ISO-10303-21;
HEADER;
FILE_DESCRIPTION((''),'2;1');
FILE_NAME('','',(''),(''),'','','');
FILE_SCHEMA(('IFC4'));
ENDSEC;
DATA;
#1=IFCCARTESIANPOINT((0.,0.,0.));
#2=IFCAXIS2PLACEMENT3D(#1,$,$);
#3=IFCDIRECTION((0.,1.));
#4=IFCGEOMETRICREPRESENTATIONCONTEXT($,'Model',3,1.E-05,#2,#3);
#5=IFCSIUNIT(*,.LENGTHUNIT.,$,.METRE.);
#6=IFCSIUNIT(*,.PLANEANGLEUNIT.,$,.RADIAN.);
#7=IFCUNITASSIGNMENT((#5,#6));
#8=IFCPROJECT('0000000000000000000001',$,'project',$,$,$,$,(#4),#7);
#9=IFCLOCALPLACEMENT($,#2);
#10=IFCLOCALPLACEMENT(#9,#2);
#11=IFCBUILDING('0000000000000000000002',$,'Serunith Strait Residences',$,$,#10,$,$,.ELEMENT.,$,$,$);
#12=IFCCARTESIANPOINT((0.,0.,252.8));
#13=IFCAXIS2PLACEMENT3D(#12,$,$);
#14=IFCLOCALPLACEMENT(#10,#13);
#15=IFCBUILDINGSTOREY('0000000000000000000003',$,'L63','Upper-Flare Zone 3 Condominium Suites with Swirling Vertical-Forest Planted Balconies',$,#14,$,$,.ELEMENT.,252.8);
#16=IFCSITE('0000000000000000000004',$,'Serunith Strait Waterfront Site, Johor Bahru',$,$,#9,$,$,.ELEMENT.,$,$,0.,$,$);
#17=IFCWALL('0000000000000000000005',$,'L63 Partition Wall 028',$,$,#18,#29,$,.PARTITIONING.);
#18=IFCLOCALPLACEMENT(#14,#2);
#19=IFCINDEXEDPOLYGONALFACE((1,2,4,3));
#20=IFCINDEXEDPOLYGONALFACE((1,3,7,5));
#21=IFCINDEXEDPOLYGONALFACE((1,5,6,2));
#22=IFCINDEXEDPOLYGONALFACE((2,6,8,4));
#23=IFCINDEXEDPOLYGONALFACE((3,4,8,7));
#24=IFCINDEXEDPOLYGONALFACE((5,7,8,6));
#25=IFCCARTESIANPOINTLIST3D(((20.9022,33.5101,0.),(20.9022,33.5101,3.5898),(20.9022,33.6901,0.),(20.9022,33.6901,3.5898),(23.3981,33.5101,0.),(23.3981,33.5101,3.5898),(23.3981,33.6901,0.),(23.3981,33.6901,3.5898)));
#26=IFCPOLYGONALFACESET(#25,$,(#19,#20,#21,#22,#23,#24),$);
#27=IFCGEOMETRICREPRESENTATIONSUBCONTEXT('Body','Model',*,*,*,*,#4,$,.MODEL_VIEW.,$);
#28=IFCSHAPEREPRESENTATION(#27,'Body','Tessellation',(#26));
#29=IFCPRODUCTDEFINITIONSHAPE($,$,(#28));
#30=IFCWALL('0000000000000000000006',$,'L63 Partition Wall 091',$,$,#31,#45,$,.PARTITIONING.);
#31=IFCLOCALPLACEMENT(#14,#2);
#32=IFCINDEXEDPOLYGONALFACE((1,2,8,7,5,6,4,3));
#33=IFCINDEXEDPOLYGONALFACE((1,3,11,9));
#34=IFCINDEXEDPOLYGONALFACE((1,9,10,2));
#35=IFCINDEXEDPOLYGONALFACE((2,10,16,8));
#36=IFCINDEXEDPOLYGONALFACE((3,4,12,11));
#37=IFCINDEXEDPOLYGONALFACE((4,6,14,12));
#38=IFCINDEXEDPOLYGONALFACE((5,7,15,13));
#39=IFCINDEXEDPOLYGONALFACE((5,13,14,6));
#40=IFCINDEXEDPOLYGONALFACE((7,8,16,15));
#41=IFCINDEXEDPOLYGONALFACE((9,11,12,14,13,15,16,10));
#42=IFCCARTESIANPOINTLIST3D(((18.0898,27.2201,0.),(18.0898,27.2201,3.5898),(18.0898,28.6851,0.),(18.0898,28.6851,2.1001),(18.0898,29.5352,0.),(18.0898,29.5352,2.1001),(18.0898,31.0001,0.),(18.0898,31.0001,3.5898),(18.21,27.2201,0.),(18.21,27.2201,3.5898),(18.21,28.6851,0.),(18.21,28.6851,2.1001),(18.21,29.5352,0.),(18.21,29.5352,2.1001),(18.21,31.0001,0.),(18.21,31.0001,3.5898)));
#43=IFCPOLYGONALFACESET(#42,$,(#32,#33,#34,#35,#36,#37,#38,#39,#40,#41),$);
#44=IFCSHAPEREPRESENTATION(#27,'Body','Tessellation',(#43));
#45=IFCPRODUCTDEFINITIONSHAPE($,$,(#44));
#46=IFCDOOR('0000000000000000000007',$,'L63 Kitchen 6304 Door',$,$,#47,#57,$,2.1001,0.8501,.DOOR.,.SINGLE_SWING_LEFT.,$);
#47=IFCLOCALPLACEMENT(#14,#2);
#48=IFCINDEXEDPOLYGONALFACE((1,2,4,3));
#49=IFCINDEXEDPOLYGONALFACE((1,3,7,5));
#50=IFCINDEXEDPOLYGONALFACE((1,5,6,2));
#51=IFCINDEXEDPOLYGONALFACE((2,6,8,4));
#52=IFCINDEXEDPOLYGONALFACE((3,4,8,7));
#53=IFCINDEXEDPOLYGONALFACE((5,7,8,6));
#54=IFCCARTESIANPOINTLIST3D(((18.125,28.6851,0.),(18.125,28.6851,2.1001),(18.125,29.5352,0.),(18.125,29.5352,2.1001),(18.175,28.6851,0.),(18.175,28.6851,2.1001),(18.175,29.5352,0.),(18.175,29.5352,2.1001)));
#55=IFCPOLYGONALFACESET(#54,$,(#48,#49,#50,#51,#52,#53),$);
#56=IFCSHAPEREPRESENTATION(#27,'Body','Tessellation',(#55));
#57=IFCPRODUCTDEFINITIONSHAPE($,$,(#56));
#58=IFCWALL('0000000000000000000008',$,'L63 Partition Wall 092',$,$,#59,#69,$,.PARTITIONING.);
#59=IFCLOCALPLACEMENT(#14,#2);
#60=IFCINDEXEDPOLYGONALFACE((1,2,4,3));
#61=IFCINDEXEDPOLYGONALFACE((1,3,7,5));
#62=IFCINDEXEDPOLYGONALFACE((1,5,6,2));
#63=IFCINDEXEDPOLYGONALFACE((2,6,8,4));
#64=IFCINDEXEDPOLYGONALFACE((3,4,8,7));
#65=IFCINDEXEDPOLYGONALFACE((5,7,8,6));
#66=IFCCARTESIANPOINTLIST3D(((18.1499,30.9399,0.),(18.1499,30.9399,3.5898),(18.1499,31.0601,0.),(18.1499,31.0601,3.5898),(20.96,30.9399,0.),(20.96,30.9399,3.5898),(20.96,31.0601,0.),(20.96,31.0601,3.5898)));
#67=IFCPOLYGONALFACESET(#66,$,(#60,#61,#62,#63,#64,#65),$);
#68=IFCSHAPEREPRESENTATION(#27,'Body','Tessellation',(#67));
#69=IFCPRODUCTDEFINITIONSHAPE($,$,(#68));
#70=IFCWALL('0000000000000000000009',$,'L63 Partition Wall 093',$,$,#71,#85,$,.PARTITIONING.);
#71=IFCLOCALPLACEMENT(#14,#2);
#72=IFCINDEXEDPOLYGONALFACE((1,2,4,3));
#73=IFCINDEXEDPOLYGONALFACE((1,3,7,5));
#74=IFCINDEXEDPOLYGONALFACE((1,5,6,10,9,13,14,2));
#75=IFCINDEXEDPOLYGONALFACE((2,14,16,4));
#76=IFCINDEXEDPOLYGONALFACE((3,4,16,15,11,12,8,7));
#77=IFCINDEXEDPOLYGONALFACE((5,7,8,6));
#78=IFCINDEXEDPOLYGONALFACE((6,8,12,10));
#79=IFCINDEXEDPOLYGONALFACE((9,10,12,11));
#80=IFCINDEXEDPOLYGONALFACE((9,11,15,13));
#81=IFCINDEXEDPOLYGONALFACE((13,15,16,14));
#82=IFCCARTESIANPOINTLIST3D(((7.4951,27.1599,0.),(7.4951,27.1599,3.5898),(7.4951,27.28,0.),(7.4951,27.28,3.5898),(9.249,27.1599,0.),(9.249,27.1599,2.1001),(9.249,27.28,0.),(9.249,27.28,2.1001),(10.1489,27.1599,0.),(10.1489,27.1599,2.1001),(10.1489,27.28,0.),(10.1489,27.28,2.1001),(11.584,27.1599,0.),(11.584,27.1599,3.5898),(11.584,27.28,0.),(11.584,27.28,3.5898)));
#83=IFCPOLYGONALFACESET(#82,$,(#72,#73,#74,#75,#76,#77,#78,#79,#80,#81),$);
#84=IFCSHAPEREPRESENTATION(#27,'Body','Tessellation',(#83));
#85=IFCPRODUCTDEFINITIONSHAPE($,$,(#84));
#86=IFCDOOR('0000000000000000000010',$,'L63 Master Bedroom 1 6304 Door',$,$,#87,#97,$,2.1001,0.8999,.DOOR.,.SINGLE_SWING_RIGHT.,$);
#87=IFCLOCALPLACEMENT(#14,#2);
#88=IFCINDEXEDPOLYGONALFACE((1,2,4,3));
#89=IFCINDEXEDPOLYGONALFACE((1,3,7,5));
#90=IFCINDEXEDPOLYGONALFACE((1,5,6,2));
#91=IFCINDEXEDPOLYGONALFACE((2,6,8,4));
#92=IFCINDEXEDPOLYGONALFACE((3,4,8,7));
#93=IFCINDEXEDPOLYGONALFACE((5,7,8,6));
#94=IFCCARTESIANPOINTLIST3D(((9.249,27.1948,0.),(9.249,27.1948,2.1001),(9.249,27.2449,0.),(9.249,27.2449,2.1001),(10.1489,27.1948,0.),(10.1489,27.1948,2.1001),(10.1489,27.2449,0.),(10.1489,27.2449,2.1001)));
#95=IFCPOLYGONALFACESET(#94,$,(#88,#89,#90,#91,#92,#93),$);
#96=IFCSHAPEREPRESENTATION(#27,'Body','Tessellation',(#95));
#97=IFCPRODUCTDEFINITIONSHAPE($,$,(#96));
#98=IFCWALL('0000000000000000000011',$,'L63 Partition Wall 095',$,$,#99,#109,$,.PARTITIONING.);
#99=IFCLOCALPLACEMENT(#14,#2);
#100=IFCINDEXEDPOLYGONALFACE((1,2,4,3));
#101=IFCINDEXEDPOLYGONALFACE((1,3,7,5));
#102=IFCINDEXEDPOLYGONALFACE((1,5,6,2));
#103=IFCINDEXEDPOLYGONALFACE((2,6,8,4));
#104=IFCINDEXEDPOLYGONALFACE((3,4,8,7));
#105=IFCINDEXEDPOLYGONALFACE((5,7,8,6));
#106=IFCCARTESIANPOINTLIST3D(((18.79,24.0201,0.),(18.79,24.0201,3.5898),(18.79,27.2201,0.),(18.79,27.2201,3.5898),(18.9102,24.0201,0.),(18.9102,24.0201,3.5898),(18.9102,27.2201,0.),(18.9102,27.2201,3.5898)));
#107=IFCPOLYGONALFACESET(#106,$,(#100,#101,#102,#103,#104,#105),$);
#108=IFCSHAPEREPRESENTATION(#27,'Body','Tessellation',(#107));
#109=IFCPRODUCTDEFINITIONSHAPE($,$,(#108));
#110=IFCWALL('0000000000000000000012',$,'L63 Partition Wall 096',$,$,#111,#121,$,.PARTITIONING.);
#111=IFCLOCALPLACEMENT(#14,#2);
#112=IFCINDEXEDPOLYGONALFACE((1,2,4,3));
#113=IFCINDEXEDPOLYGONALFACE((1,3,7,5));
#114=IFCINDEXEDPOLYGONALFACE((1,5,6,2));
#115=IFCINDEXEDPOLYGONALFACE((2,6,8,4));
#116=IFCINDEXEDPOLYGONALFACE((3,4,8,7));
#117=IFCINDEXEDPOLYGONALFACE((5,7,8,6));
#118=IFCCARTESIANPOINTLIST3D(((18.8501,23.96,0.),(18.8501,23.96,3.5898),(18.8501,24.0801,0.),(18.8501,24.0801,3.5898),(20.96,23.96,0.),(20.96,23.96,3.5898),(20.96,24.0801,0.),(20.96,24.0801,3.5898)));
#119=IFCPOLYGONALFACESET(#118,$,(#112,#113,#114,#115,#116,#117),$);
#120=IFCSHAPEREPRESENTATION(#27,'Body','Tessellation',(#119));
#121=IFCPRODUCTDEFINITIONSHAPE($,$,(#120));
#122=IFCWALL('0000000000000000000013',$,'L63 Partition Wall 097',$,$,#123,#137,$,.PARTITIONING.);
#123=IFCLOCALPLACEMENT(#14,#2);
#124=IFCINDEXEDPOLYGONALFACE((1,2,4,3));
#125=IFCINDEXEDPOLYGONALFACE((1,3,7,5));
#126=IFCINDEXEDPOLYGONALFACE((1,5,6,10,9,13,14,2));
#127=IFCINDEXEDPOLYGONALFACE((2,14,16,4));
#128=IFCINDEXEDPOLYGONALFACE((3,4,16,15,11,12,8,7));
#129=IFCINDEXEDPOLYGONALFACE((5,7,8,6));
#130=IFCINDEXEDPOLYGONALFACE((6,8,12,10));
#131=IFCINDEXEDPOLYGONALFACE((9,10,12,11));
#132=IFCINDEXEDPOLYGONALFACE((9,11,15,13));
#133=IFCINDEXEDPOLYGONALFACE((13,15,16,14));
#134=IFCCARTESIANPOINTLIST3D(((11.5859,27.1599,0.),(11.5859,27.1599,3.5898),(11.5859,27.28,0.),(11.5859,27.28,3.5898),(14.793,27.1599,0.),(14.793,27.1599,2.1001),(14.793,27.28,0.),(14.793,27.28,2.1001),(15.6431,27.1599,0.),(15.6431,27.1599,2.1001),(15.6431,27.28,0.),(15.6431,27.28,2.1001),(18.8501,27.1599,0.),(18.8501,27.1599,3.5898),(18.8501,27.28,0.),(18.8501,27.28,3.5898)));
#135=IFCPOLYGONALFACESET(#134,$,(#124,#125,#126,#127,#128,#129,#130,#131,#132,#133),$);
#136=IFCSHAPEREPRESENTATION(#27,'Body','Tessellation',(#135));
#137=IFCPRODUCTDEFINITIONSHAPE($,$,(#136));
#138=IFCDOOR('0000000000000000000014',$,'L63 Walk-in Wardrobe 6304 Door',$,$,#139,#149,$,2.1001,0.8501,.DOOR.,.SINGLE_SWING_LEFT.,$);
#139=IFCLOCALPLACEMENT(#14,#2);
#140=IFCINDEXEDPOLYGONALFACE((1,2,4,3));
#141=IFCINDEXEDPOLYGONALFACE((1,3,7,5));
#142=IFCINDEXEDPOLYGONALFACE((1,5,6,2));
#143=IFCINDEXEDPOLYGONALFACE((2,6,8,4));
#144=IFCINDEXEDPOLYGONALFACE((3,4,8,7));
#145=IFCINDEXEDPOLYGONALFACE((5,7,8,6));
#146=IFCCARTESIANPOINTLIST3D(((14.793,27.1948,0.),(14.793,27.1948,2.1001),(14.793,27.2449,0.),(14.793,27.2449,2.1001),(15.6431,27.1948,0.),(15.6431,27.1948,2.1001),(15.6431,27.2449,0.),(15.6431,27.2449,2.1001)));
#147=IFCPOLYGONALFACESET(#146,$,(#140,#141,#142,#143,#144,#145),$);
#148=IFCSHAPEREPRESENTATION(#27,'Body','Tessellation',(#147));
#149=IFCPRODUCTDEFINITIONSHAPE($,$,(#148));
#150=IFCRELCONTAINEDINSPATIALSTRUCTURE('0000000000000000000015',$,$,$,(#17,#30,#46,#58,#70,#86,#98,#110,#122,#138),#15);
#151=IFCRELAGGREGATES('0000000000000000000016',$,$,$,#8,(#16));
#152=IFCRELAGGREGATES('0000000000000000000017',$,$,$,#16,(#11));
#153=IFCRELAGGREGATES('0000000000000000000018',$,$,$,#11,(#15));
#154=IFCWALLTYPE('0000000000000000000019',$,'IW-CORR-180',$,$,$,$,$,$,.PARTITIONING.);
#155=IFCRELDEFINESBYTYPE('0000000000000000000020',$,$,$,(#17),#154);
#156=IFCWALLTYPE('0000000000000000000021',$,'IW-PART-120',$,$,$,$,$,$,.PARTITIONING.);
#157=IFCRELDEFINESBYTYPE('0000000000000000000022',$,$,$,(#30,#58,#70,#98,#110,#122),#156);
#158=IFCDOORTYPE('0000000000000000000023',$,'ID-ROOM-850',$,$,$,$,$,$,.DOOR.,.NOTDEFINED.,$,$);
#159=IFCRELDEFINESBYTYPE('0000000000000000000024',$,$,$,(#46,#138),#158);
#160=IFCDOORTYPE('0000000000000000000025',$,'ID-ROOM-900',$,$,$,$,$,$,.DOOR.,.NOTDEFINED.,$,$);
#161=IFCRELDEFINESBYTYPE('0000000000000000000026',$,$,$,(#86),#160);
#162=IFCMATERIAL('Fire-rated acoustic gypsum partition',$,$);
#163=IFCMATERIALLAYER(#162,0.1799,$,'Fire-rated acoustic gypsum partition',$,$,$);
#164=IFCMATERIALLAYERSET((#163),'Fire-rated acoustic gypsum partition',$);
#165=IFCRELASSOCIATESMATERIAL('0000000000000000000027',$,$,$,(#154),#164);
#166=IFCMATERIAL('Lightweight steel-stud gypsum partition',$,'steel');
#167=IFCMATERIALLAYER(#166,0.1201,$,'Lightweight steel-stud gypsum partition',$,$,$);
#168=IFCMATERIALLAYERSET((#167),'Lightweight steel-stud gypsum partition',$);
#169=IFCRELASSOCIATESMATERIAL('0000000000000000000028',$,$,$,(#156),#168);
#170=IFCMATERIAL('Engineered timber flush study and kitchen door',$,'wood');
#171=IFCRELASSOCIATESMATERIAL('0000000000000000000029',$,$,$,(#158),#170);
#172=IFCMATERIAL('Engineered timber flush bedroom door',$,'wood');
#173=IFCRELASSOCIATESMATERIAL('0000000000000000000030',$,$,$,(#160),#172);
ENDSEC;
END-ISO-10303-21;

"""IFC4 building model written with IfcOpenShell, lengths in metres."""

from ifc_helpers import new_model, si_unit, direction, frame, frame_2d, origin, place, context, subcontext, project, spatial, rectangle, extrude, source, transform, mapped, material, layer, layer_set, type_object, element, fill, save


model = new_model("IFC4")

# Units and contexts
model_context = context("Model", 3, precision=1e-05, world=origin(), true_north=direction((0.0, 1.0)))
body_context = subcontext(model_context, "Body", "Model", "MODEL_VIEW")
ifc_project = project(units=[si_unit("LENGTHUNIT", "METRE"), si_unit("PLANEANGLEUNIT", "RADIAN")], contexts=[model_context])

# Site, building, storey
site_placement = place(None, origin())
site = spatial("IfcSite", under=ifc_project, at=site_placement, Name="Serunith Strait Waterfront Site, Johor Bahru", CompositionType="ELEMENT", RefElevation=0.0)
building_placement = place(site_placement, origin())
building = spatial("IfcBuilding", under=site, at=building_placement, Name="Serunith Strait Residences", CompositionType="ELEMENT")
storey_placement = place(building_placement, frame((0.0, 0.0, 252.8)))
storey = spatial("IfcBuildingStorey", under=building, at=storey_placement, Name="L63", Description="Upper-Flare Zone 3 Condominium Suites with Swirling Vertical-Forest Planted Balconies", CompositionType="ELEMENT", Elevation=252.8)

# Wall
ifc_material_1 = material(Name="Fire-rated acoustic gypsum partition")
ifc_layer_1 = layer(ifc_material_1, 0.1799, Name="Fire-rated acoustic gypsum partition")
ifc_layer_set_1 = layer_set([ifc_layer_1], Name="Fire-rated acoustic gypsum partition")
wall_type_1 = type_object("IfcWallType", Name="IW-CORR-180", PredefinedType="PARTITIONING", material=ifc_layer_set_1)
wall_1_placement = place(storey_placement, frame((20.9021, 33.6001, 0.0), z_axis=(0.0, 0.0, 1.0), x_axis=(1.0, 0.0, 0.0)))
element("IfcWall", 1, at=wall_1_placement, inside=storey, type_object=wall_type_1, Name="L63 Partition Wall 028", PredefinedType="PARTITIONING", context=body_context, shape_type="SweptSolid", body=[
    extrude(rectangle(XDim=2.4958, YDim=0.1799, at=frame_2d((1.248, 0.0))), origin(), (0.0, 0.0, 1.0), 3.5898),
])

# Wall, opening, door
ifc_material_2 = material(Name="Lightweight steel-stud gypsum partition", Category="steel")
ifc_layer_2 = layer(ifc_material_2, 0.1201, Name="Lightweight steel-stud gypsum partition")
ifc_layer_set_2 = layer_set([ifc_layer_2], Name="Lightweight steel-stud gypsum partition")
wall_type_2 = type_object("IfcWallType", Name="IW-PART-120", PredefinedType="PARTITIONING", material=ifc_layer_set_2)
wall_2_placement = place(storey_placement, frame((18.1499, 27.22, 0.0), z_axis=(0.0, 0.0, 1.0), x_axis=(0.0, 1.0, 0.0)))
wall_2 = element("IfcWall", 2, at=wall_2_placement, inside=storey, type_object=wall_type_2, Name="L63 Partition Wall 091", PredefinedType="PARTITIONING", context=body_context, shape_type="SweptSolid", body=[
    extrude(rectangle(XDim=3.78, YDim=0.1201, at=frame_2d((1.8901, 0.0))), origin(), (0.0, 0.0, 1.0), 3.5898),
])
opening_1_placement = place(wall_2_placement, frame((1.4651, 0.0, 0.0)))
opening_1 = element("IfcOpeningElement", 3, at=opening_1_placement, cuts=wall_2, PredefinedType="OPENING", context=body_context, shape_type="SweptSolid", body=[
    extrude(rectangle(XDim=0.8501, YDim=2.1001, at=frame_2d((0.425, 1.05))), frame((0.0, 0.0701, 0.0), z_axis=(0.0, -1.0, 0.0), x_axis=(1.0, 0.0, 0.0)), (0.0, 0.0, 1.0), 0.1401),
])
ifc_material_3 = material(Name="Engineered timber flush study and kitchen door", Category="wood")
door_type_1 = type_object("IfcDoorType", Name="ID-ROOM-850", OperationType="NOTDEFINED", PredefinedType="DOOR", material=ifc_material_3)
shared_shape_1 = source(origin(), body_context, "Body", "SweptSolid", [
    extrude(rectangle(XDim=0.8501, YDim=2.1001, at=frame_2d((0.425, 1.05))), frame((0.0, 0.0249, 0.0), z_axis=(0.0, -1.0, 0.0), x_axis=(1.0, 0.0, 0.0)), (0.0, 0.0, 1.0), 0.05),
])
door_1_placement = place(opening_1_placement, origin())
door_1 = element("IfcDoor", 4, at=door_1_placement, inside=storey, type_object=door_type_1, Name="L63 Kitchen 6304 Door", OperationType="SINGLE_SWING_LEFT", OverallHeight=2.1001, OverallWidth=0.8501, PredefinedType="DOOR", context=body_context, shape_type="MappedRepresentation", body=[
    mapped(shared_shape_1, transform((0.0, 0.0, 0.0), scale=1.0)),
])
fill(opening_1, door_1)

# Wall
wall_3_placement = place(storey_placement, frame((18.1499, 31.0, 0.0), z_axis=(0.0, 0.0, 1.0), x_axis=(1.0, 0.0, 0.0)))
element("IfcWall", 5, at=wall_3_placement, inside=storey, type_object=wall_type_2, Name="L63 Partition Wall 092", PredefinedType="PARTITIONING", context=body_context, shape_type="SweptSolid", body=[
    extrude(rectangle(XDim=2.8101, YDim=0.1201, at=frame_2d((1.405, 0.0))), origin(), (0.0, 0.0, 1.0), 3.5898),
])

# Wall, opening, door
wall_4_placement = place(storey_placement, frame((7.4951, 27.22, 0.0), z_axis=(0.0, 0.0, 1.0), x_axis=(1.0, 0.0, 0.0)))
wall_4 = element("IfcWall", 6, at=wall_4_placement, inside=storey, type_object=wall_type_2, Name="L63 Partition Wall 093", PredefinedType="PARTITIONING", context=body_context, shape_type="SweptSolid", body=[
    extrude(rectangle(XDim=4.0889, YDim=0.1201, at=frame_2d((2.0444, 0.0))), origin(), (0.0, 0.0, 1.0), 3.5898),
])
opening_2_placement = place(wall_4_placement, frame((1.7539, 0.0, 0.0)))
opening_2 = element("IfcOpeningElement", 7, at=opening_2_placement, cuts=wall_4, PredefinedType="OPENING", context=body_context, shape_type="SweptSolid", body=[
    extrude(rectangle(XDim=0.8999, YDim=2.1001, at=frame_2d((0.45, 1.05))), frame((0.0, 0.0701, 0.0), z_axis=(0.0, -1.0, 0.0), x_axis=(1.0, 0.0, 0.0)), (0.0, 0.0, 1.0), 0.1401),
])
ifc_material_4 = material(Name="Engineered timber flush bedroom door", Category="wood")
door_type_2 = type_object("IfcDoorType", Name="ID-ROOM-900", OperationType="NOTDEFINED", PredefinedType="DOOR", material=ifc_material_4)
shared_shape_2 = source(origin(), body_context, "Body", "SweptSolid", [
    extrude(rectangle(XDim=0.8999, YDim=2.1001, at=frame_2d((0.45, 1.05))), frame((0.0, 0.0249, 0.0), z_axis=(0.0, -1.0, 0.0), x_axis=(1.0, 0.0, 0.0)), (0.0, 0.0, 1.0), 0.05),
])
door_2_placement = place(opening_2_placement, origin())
door_2 = element("IfcDoor", 8, at=door_2_placement, inside=storey, type_object=door_type_2, Name="L63 Master Bedroom 1 6304 Door", OperationType="SINGLE_SWING_RIGHT", OverallHeight=2.1001, OverallWidth=0.8999, PredefinedType="DOOR", context=body_context, shape_type="MappedRepresentation", body=[
    mapped(shared_shape_2, transform((0.0, 0.0, 0.0), scale=1.0)),
])
fill(opening_2, door_2)

# Walls
wall_5_placement = place(storey_placement, frame((18.8501, 24.02, 0.0), z_axis=(0.0, 0.0, 1.0), x_axis=(0.0, 1.0, 0.0)))
element("IfcWall", 9, at=wall_5_placement, inside=storey, type_object=wall_type_2, Name="L63 Partition Wall 095", PredefinedType="PARTITIONING", context=body_context, shape_type="SweptSolid", body=[
    extrude(rectangle(XDim=3.2, YDim=0.1201, at=frame_2d((1.6001, 0.0))), origin(), (0.0, 0.0, 1.0), 3.5898),
])
wall_6_placement = place(storey_placement, frame((18.8501, 24.02, 0.0), z_axis=(0.0, 0.0, 1.0), x_axis=(1.0, 0.0, 0.0)))
element("IfcWall", 10, at=wall_6_placement, inside=storey, type_object=wall_type_2, Name="L63 Partition Wall 096", PredefinedType="PARTITIONING", context=body_context, shape_type="SweptSolid", body=[
    extrude(rectangle(XDim=2.1099, YDim=0.1201, at=frame_2d((1.0549, 0.0))), origin(), (0.0, 0.0, 1.0), 3.5898),
])

# Wall, opening, door
wall_7_placement = place(storey_placement, frame((11.5859, 27.22, 0.0), z_axis=(0.0, 0.0, 1.0), x_axis=(1.0, 0.0, 0.0)))
wall_7 = element("IfcWall", 11, at=wall_7_placement, inside=storey, type_object=wall_type_2, Name="L63 Partition Wall 097", PredefinedType="PARTITIONING", context=body_context, shape_type="SweptSolid", body=[
    extrude(rectangle(XDim=7.2642, YDim=0.1201, at=frame_2d((3.6321, 0.0))), origin(), (0.0, 0.0, 1.0), 3.5898),
])
opening_3_placement = place(wall_7_placement, frame((3.207, 0.0, 0.0)))
opening_3 = element("IfcOpeningElement", 12, at=opening_3_placement, cuts=wall_7, PredefinedType="OPENING", context=body_context, shape_type="SweptSolid", body=[
    extrude(rectangle(XDim=0.8501, YDim=2.1001, at=frame_2d((0.425, 1.05))), frame((0.0, 0.0701, 0.0), z_axis=(0.0, -1.0, 0.0), x_axis=(1.0, 0.0, 0.0)), (0.0, 0.0, 1.0), 0.1401),
])
door_3_placement = place(opening_3_placement, origin())
door_3 = element("IfcDoor", 13, at=door_3_placement, inside=storey, type_object=door_type_1, Name="L63 Walk-in Wardrobe 6304 Door", OperationType="SINGLE_SWING_LEFT", OverallHeight=2.1001, OverallWidth=0.8501, PredefinedType="DOOR", context=body_context, shape_type="MappedRepresentation", body=[
    mapped(shared_shape_1, transform((0.0, 0.0, 0.0), scale=1.0)),
])
fill(opening_3, door_3)

save(model, "model.ifc")
